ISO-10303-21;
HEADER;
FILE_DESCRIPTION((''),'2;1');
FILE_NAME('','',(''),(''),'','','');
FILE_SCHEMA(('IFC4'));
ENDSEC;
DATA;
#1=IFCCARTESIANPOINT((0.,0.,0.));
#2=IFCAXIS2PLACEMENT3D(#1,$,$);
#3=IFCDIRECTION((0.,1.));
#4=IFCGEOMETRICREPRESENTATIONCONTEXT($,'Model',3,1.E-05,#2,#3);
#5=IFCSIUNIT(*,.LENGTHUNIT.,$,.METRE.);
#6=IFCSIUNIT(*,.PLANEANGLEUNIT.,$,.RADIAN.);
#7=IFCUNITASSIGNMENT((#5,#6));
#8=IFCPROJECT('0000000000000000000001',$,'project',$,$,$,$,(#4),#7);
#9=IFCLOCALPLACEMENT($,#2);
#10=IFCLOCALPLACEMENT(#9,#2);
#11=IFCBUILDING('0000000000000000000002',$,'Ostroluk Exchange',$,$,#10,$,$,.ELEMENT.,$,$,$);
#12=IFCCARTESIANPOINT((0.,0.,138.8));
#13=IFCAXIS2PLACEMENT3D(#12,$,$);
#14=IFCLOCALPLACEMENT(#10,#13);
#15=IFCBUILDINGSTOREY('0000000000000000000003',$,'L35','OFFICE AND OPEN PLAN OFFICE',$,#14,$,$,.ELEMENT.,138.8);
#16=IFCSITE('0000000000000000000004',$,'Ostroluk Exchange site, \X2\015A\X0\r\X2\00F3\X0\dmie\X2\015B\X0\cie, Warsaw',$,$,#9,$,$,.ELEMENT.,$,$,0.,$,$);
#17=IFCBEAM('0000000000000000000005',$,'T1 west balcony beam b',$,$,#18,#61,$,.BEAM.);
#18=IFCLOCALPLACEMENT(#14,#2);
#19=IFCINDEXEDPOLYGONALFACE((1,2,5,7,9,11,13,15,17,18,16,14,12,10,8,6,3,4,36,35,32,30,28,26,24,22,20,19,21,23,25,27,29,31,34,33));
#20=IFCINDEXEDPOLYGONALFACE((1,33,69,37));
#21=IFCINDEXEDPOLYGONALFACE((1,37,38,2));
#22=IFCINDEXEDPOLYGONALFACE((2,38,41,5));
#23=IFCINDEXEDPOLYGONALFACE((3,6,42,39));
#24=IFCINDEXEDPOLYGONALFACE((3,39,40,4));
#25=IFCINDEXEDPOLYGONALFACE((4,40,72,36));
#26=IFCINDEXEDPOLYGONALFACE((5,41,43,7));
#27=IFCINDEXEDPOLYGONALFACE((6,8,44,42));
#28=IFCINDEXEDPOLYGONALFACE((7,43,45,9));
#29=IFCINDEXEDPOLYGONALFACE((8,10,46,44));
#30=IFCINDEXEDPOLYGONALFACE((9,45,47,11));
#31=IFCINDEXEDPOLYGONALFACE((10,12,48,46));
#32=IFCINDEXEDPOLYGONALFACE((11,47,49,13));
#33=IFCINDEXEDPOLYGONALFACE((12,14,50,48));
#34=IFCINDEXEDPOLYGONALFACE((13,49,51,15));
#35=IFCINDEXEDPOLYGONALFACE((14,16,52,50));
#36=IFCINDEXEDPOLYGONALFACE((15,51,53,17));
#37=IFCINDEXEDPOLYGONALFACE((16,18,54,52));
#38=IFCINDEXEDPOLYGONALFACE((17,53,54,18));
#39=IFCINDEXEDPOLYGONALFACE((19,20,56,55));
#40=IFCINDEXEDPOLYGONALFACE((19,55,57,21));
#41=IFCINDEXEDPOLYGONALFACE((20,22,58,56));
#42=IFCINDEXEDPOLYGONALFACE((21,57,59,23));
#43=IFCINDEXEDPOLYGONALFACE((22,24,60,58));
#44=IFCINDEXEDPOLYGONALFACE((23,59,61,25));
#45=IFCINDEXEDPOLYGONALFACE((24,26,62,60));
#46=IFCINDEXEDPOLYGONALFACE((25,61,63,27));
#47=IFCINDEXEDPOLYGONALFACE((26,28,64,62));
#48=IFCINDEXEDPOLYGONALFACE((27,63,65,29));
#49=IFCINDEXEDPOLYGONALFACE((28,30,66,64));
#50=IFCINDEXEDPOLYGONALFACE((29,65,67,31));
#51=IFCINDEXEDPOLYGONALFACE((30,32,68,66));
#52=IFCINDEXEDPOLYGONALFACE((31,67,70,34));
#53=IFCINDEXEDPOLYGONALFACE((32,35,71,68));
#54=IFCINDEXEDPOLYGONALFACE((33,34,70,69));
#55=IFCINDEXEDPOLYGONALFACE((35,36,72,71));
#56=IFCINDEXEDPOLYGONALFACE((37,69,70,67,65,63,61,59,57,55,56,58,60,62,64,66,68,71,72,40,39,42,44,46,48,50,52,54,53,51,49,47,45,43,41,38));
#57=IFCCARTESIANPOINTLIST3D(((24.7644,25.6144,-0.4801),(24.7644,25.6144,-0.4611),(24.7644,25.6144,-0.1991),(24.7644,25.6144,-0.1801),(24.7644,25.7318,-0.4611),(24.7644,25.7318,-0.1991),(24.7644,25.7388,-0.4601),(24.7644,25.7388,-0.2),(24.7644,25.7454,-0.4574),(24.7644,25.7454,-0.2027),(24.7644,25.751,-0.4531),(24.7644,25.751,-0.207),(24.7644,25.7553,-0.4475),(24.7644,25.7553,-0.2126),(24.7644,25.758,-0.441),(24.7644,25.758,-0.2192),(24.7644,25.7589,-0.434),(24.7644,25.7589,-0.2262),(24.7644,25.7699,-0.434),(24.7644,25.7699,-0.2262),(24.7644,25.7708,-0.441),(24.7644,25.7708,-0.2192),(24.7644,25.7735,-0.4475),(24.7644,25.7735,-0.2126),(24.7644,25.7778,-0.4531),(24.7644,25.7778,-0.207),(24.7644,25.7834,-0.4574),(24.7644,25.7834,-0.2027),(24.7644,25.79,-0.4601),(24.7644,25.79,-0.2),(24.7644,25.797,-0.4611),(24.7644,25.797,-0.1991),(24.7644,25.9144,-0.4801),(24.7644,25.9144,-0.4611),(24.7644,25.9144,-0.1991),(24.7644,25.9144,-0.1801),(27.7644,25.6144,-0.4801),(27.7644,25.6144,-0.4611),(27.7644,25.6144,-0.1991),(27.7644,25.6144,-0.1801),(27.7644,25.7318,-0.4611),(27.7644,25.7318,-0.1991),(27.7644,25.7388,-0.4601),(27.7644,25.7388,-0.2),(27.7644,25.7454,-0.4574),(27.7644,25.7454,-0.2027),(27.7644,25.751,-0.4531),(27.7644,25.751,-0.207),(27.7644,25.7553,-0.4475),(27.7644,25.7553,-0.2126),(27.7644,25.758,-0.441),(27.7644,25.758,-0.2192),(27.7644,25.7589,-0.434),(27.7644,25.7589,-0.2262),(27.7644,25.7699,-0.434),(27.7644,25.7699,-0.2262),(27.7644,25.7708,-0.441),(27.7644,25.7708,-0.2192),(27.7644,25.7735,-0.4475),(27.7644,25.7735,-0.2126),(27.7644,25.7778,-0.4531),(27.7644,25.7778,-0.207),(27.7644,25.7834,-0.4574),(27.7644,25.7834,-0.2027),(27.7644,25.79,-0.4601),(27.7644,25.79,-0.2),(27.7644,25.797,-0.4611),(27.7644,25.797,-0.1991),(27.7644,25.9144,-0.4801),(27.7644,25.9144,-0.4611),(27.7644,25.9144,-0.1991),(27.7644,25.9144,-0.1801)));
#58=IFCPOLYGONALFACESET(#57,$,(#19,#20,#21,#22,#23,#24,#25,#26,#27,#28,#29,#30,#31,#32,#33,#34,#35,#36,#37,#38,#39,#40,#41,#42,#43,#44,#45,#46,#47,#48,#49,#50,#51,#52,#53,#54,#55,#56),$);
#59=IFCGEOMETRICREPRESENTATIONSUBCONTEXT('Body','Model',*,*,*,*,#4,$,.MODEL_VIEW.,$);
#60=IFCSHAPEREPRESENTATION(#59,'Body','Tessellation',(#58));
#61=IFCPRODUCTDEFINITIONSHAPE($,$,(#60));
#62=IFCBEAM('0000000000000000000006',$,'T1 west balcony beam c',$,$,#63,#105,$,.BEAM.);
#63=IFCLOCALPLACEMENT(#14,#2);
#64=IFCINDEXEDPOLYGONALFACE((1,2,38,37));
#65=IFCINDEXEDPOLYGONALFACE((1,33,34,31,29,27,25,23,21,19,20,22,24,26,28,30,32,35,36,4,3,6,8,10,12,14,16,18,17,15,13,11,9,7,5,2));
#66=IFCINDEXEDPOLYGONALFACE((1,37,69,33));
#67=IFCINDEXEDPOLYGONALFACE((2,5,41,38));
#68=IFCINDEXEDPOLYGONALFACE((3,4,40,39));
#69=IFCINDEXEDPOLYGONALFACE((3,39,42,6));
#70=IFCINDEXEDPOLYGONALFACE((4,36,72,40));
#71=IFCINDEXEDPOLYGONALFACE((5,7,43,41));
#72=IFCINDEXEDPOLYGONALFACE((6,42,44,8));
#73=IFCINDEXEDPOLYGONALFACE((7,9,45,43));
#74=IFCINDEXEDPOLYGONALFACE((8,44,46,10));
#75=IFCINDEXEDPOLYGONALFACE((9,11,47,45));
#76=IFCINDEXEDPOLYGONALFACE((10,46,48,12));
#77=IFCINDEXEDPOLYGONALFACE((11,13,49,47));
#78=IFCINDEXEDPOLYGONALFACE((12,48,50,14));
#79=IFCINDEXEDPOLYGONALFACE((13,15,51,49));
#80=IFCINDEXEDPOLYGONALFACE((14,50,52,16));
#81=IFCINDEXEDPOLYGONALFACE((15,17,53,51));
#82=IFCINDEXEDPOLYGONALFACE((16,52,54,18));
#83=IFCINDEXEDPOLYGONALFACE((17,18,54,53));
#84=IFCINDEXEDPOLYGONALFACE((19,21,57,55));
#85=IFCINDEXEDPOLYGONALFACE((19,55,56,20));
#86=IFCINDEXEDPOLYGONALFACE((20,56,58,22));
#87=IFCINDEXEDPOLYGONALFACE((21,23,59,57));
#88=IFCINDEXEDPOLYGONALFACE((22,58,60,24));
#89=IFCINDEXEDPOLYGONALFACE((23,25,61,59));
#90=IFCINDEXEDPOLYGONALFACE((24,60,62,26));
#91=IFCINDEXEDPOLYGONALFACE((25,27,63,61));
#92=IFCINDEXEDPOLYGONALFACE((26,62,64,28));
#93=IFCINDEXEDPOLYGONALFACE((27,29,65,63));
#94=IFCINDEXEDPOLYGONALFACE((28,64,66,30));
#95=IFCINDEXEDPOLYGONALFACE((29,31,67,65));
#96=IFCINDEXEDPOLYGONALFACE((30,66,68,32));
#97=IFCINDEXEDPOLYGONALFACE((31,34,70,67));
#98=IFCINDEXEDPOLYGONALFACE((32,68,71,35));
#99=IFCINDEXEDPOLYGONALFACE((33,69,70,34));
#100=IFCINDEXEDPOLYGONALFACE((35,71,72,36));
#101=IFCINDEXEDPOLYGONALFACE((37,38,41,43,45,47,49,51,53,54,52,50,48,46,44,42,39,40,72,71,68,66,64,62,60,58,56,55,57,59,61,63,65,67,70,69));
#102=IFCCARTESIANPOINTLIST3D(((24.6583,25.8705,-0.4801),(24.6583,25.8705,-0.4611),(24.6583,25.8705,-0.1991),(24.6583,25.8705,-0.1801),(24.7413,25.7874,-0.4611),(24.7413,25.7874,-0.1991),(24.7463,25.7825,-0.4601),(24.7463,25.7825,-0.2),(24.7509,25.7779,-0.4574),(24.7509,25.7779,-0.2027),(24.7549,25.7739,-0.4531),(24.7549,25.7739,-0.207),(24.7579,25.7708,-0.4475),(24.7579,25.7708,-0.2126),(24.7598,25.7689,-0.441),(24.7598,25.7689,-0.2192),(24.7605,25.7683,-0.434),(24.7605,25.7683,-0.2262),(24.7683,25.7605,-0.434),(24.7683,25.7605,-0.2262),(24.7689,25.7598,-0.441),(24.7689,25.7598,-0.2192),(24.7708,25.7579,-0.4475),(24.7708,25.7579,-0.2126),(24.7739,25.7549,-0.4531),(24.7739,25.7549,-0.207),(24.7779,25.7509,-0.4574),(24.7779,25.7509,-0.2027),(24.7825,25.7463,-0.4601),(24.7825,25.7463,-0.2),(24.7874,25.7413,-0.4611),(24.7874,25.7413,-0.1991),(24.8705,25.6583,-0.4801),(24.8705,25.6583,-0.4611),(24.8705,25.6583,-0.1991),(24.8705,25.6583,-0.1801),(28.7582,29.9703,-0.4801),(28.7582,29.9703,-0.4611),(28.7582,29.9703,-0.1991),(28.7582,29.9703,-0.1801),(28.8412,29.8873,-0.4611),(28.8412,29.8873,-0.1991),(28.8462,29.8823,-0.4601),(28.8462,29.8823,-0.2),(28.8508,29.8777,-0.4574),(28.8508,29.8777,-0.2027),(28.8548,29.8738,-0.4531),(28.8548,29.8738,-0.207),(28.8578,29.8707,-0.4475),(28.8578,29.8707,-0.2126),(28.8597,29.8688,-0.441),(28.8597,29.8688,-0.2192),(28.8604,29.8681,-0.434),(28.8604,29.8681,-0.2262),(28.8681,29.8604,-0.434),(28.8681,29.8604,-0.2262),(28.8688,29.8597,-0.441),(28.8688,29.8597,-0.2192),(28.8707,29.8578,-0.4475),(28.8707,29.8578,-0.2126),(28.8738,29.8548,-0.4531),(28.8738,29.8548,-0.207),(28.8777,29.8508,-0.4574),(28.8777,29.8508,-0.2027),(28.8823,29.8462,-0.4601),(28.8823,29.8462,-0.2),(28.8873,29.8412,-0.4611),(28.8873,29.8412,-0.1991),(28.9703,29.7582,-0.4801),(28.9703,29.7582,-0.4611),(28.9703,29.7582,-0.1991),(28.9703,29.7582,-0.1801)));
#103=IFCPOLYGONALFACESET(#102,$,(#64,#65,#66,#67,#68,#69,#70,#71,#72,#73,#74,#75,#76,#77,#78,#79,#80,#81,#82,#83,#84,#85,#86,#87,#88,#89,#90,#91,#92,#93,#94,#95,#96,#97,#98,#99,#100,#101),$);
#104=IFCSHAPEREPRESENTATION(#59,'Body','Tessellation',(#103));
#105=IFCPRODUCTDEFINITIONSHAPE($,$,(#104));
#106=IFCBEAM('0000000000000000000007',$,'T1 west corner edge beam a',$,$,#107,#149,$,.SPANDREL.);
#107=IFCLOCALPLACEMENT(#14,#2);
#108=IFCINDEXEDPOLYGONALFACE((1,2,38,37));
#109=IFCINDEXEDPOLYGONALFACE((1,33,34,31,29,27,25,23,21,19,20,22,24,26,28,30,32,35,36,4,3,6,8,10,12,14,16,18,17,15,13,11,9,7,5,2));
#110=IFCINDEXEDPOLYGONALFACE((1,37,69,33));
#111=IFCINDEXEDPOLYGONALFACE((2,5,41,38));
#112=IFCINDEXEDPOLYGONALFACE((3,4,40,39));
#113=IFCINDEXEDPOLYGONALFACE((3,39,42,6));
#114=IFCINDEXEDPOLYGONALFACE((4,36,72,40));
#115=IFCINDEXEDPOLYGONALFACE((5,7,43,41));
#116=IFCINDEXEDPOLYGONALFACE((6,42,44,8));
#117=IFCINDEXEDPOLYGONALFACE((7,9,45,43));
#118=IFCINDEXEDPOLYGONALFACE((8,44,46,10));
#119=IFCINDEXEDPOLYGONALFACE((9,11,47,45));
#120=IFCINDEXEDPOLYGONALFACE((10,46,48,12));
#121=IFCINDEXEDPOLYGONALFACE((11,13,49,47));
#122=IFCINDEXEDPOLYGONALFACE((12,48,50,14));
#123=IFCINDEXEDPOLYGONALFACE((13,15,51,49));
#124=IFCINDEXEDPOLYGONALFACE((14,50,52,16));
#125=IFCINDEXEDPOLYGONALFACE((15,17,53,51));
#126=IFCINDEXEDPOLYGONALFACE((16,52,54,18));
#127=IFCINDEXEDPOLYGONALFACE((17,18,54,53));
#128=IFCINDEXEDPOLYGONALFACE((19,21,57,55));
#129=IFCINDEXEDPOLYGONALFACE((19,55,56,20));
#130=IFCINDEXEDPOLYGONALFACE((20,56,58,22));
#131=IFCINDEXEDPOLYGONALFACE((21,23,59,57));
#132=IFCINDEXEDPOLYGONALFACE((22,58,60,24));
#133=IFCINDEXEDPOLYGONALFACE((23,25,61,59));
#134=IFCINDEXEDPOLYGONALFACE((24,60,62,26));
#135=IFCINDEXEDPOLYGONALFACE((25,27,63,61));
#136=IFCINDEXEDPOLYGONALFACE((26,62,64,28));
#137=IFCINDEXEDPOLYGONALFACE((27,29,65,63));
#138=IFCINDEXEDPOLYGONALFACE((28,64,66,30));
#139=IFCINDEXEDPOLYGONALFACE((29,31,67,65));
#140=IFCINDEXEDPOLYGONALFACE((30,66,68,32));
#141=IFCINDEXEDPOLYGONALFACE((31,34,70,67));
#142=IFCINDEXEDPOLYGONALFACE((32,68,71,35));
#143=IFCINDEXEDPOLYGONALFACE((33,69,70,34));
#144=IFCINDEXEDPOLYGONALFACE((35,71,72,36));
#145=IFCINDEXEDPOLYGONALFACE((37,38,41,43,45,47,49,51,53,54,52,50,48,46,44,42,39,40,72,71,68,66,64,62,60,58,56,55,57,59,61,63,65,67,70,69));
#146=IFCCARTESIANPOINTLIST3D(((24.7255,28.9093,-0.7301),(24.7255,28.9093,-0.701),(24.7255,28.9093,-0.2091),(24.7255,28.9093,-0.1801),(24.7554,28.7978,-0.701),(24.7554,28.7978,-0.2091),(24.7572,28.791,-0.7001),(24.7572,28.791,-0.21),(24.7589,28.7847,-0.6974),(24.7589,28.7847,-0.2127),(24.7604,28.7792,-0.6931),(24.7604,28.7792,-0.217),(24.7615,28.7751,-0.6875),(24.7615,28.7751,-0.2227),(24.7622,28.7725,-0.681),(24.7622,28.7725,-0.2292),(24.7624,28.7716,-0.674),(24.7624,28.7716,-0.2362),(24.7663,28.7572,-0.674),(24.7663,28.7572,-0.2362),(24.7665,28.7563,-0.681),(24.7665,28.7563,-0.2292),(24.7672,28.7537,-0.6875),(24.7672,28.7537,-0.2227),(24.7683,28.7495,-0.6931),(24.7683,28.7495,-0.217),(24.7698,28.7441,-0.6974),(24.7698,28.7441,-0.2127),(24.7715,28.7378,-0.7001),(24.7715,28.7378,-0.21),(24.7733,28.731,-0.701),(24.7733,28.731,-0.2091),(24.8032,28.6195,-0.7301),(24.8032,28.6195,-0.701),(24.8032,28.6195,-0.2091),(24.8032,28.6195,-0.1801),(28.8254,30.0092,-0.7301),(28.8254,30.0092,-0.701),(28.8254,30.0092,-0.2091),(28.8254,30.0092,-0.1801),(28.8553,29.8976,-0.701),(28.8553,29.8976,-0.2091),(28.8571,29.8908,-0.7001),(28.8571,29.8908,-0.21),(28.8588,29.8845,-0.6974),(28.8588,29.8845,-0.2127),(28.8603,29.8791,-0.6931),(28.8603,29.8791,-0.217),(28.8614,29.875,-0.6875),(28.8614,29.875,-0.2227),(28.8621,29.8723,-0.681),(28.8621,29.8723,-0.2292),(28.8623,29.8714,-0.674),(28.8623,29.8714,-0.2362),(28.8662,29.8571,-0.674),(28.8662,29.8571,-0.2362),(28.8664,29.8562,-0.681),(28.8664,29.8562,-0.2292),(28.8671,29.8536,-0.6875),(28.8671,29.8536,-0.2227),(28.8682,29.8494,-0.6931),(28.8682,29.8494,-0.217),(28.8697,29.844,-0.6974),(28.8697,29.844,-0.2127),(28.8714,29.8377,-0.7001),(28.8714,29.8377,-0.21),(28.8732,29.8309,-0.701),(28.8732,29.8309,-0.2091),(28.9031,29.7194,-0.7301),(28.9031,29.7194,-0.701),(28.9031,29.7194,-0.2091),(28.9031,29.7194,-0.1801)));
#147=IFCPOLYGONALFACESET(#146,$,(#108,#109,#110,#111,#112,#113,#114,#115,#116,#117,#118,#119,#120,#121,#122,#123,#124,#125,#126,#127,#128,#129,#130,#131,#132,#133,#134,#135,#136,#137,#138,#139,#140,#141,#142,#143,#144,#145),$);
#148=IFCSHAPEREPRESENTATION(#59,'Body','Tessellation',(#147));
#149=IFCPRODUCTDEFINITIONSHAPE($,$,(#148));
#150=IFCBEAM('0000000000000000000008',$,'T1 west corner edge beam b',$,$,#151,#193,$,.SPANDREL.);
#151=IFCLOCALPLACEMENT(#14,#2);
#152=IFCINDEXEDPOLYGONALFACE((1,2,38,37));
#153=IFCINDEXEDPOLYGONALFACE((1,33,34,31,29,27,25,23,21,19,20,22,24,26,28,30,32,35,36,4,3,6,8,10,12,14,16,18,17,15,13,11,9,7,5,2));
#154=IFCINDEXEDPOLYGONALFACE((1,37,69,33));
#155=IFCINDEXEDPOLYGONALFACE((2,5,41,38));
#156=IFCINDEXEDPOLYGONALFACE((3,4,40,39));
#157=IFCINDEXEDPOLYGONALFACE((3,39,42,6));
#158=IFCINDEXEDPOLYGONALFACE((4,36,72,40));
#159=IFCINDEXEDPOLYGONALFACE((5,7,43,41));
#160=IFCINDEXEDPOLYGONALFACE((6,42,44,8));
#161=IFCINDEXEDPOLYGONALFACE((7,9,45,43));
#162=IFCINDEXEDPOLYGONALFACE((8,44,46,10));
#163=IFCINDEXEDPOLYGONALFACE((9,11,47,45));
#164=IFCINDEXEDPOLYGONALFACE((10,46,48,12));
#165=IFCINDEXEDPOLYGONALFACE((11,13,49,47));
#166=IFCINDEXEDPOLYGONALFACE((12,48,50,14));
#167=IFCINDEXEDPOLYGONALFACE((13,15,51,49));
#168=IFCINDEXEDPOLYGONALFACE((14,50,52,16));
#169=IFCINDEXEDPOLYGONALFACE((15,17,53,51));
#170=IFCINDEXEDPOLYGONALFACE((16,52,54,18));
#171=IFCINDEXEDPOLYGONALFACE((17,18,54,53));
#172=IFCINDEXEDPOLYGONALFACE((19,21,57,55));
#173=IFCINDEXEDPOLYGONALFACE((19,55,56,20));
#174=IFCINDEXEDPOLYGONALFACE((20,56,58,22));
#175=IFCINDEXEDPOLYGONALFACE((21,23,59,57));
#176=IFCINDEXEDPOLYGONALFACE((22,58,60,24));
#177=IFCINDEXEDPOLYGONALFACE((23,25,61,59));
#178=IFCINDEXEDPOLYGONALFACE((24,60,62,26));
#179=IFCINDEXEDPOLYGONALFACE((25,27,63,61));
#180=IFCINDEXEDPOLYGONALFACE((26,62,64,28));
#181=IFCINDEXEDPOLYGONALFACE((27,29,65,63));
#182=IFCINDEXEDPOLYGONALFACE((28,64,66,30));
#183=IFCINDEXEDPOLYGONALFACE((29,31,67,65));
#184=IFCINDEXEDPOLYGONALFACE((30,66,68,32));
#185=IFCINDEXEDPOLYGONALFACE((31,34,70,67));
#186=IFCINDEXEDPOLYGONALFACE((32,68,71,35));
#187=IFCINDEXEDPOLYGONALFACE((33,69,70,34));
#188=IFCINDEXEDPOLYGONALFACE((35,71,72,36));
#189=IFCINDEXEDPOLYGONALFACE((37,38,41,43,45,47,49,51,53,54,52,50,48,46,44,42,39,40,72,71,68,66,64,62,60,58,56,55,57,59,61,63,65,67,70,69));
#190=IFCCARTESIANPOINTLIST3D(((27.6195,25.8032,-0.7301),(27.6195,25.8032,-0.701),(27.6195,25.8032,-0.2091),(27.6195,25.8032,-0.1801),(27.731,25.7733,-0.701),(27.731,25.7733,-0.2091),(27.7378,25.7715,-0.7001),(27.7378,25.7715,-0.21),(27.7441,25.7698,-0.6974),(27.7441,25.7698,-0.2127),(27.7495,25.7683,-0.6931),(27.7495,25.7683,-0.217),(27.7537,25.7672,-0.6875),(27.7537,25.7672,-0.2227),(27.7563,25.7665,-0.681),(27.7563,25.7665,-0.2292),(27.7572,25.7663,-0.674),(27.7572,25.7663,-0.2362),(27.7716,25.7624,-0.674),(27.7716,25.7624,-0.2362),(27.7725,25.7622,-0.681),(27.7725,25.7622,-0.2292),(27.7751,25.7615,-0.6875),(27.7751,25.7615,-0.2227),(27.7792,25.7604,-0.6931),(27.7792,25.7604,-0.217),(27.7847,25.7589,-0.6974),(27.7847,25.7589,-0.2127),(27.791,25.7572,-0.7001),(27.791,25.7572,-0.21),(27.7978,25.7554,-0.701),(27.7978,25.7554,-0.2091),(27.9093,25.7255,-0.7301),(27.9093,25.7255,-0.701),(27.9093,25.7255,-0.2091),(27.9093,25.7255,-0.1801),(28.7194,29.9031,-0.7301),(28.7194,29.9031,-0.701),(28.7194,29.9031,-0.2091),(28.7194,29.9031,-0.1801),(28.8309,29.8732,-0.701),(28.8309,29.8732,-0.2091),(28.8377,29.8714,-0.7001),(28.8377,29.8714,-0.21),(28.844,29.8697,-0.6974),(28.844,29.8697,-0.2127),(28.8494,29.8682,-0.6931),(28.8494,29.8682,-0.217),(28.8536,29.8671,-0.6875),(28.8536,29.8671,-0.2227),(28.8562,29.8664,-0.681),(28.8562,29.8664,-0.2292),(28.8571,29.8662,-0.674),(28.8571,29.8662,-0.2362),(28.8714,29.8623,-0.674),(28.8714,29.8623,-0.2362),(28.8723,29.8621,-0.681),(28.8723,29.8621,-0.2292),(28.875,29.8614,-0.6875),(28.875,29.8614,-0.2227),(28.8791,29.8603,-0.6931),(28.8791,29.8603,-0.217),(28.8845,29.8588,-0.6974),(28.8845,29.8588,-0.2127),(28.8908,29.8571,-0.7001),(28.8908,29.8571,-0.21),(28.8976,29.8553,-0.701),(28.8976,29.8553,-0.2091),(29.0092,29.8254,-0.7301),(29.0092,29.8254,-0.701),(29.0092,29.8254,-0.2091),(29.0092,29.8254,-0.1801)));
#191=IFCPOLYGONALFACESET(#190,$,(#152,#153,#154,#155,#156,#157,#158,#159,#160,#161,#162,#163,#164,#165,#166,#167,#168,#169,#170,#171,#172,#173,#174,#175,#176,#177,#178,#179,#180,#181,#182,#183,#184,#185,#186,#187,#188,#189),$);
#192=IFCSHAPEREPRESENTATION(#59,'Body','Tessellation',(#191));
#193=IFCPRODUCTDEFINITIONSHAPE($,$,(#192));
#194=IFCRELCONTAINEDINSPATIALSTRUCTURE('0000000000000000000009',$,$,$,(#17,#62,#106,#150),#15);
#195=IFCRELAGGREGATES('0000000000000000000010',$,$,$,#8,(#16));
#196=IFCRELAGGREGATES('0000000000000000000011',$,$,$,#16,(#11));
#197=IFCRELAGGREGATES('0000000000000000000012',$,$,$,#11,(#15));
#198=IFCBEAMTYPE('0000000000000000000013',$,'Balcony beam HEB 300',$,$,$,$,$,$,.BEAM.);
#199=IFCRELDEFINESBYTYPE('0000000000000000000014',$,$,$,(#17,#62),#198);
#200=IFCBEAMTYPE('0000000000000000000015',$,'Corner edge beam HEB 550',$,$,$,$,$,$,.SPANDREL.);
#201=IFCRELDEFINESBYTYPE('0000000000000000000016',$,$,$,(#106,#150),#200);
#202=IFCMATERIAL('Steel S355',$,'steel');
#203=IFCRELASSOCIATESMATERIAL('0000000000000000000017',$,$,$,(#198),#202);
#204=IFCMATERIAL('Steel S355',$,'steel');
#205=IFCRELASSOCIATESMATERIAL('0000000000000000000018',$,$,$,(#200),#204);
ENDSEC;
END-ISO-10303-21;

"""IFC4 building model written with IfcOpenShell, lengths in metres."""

from ifc_helpers import new_model, si_unit, direction, frame, origin, origin_2d, place, context, subcontext, project, spatial, i_section, extrude, material, material_profile, profile_set, type_object, element, save


model = new_model("IFC4")

# Units and contexts
model_context = context("Model", 3, precision=1e-05, world=origin(), true_north=direction((0.0, 1.0)))
body_context = subcontext(model_context, "Body", "Model", "MODEL_VIEW")
ifc_project = project(units=[si_unit("LENGTHUNIT", "METRE"), si_unit("PLANEANGLEUNIT", "RADIAN")], contexts=[model_context])

# Site, building, storey
site_placement = place(None, origin())
site = spatial("IfcSite", under=ifc_project, at=site_placement, Name="Ostroluk Exchange site, Śródmieście, Warsaw", CompositionType="ELEMENT", RefElevation=0.0)
building_placement = place(site_placement, origin())
building = spatial("IfcBuilding", under=site, at=building_placement, Name="Ostroluk Exchange", CompositionType="ELEMENT")
storey_placement = place(building_placement, frame((0.0, 0.0, 138.8)))
storey = spatial("IfcBuildingStorey", under=building, at=storey_placement, Name="L35", Description="OFFICE AND OPEN PLAN OFFICE", CompositionType="ELEMENT", Elevation=138.8)

# Beams
ifc_material_1 = material(Name="Steel S355", Category="steel")
ifc_material_profile_1 = material_profile(ifc_material_1, i_section(OverallWidth=0.3, OverallDepth=0.3, WebThickness=0.011, FlangeThickness=0.019, FilletRadius=0.0271, at=origin_2d()), Name="HEB 300")
ifc_profile_set_1 = profile_set([ifc_material_profile_1], Name="Steel S355")
beam_type_1 = type_object("IfcBeamType", Name="Balcony beam HEB 300", PredefinedType="BEAM", material=ifc_profile_set_1)
beam_1_placement = place(storey_placement, frame((27.7644, 25.7644, -0.3301), z_axis=(-1.0, 0.0, 0.0), x_axis=(0.0, -1.0, 0.0)))
element("IfcBeam", 1, at=beam_1_placement, inside=storey, type_object=beam_type_1, Name="T1 west balcony beam b", PredefinedType="BEAM", context=body_context, shape_type="SweptSolid", body=[
    extrude(i_section(OverallWidth=0.3, OverallDepth=0.3, WebThickness=0.011, FlangeThickness=0.019, FilletRadius=0.0271, at=origin_2d()), origin(), (0.0, 0.0, 1.0), 3.0),
])
beam_2_placement = place(storey_placement, frame((28.8643, 29.8643, -0.3301), z_axis=(-0.707107, -0.707107, 0.0), x_axis=(0.707107, -0.707107, 0.0)))
element("IfcBeam", 2, at=beam_2_placement, inside=storey, type_object=beam_type_1, Name="T1 west balcony beam c", PredefinedType="BEAM", context=body_context, shape_type="SweptSolid", body=[
    extrude(i_section(OverallWidth=0.3, OverallDepth=0.3, WebThickness=0.011, FlangeThickness=0.019, FilletRadius=0.0271, at=origin_2d()), origin(), (0.0, 0.0, 1.0), 5.7981),
])
ifc_material_2 = material(Name="Steel S355", Category="steel")
ifc_material_profile_2 = material_profile(ifc_material_2, i_section(OverallWidth=0.3, OverallDepth=0.55, WebThickness=0.0149, FlangeThickness=0.0291, FilletRadius=0.0271, at=origin_2d()), Name="HEB 550")
ifc_profile_set_2 = profile_set([ifc_material_profile_2], Name="Steel S355")
beam_type_2 = type_object("IfcBeamType", Name="Corner edge beam HEB 550", PredefinedType="SPANDREL", material=ifc_profile_set_2)
for number, where, z_axis, x_axis, name in (
    (3, (28.8643, 29.8643, -0.4551), (-0.965849, -0.259105, 0.0), (0.259105, -0.965849, 0.0), "T1 west corner edge beam a"),
    (4, (28.8643, 29.8643, -0.4551), (-0.259105, -0.965849, 0.0), (0.965849, -0.259105, 0.0), "T1 west corner edge beam b"),
):
    element("IfcBeam", number, at=place(storey_placement, frame(where, z_axis=z_axis, x_axis=x_axis)), inside=storey, type_object=beam_type_2, Name=name, PredefinedType="SPANDREL", context=body_context, shape_type="SweptSolid", body=[
        extrude(i_section(OverallWidth=0.3, OverallDepth=0.55, WebThickness=0.0149, FlangeThickness=0.0291, FilletRadius=0.0271, at=origin_2d()), origin(), (0.0, 0.0, 1.0), 4.2449),
    ])

save(model, "model.ifc")
